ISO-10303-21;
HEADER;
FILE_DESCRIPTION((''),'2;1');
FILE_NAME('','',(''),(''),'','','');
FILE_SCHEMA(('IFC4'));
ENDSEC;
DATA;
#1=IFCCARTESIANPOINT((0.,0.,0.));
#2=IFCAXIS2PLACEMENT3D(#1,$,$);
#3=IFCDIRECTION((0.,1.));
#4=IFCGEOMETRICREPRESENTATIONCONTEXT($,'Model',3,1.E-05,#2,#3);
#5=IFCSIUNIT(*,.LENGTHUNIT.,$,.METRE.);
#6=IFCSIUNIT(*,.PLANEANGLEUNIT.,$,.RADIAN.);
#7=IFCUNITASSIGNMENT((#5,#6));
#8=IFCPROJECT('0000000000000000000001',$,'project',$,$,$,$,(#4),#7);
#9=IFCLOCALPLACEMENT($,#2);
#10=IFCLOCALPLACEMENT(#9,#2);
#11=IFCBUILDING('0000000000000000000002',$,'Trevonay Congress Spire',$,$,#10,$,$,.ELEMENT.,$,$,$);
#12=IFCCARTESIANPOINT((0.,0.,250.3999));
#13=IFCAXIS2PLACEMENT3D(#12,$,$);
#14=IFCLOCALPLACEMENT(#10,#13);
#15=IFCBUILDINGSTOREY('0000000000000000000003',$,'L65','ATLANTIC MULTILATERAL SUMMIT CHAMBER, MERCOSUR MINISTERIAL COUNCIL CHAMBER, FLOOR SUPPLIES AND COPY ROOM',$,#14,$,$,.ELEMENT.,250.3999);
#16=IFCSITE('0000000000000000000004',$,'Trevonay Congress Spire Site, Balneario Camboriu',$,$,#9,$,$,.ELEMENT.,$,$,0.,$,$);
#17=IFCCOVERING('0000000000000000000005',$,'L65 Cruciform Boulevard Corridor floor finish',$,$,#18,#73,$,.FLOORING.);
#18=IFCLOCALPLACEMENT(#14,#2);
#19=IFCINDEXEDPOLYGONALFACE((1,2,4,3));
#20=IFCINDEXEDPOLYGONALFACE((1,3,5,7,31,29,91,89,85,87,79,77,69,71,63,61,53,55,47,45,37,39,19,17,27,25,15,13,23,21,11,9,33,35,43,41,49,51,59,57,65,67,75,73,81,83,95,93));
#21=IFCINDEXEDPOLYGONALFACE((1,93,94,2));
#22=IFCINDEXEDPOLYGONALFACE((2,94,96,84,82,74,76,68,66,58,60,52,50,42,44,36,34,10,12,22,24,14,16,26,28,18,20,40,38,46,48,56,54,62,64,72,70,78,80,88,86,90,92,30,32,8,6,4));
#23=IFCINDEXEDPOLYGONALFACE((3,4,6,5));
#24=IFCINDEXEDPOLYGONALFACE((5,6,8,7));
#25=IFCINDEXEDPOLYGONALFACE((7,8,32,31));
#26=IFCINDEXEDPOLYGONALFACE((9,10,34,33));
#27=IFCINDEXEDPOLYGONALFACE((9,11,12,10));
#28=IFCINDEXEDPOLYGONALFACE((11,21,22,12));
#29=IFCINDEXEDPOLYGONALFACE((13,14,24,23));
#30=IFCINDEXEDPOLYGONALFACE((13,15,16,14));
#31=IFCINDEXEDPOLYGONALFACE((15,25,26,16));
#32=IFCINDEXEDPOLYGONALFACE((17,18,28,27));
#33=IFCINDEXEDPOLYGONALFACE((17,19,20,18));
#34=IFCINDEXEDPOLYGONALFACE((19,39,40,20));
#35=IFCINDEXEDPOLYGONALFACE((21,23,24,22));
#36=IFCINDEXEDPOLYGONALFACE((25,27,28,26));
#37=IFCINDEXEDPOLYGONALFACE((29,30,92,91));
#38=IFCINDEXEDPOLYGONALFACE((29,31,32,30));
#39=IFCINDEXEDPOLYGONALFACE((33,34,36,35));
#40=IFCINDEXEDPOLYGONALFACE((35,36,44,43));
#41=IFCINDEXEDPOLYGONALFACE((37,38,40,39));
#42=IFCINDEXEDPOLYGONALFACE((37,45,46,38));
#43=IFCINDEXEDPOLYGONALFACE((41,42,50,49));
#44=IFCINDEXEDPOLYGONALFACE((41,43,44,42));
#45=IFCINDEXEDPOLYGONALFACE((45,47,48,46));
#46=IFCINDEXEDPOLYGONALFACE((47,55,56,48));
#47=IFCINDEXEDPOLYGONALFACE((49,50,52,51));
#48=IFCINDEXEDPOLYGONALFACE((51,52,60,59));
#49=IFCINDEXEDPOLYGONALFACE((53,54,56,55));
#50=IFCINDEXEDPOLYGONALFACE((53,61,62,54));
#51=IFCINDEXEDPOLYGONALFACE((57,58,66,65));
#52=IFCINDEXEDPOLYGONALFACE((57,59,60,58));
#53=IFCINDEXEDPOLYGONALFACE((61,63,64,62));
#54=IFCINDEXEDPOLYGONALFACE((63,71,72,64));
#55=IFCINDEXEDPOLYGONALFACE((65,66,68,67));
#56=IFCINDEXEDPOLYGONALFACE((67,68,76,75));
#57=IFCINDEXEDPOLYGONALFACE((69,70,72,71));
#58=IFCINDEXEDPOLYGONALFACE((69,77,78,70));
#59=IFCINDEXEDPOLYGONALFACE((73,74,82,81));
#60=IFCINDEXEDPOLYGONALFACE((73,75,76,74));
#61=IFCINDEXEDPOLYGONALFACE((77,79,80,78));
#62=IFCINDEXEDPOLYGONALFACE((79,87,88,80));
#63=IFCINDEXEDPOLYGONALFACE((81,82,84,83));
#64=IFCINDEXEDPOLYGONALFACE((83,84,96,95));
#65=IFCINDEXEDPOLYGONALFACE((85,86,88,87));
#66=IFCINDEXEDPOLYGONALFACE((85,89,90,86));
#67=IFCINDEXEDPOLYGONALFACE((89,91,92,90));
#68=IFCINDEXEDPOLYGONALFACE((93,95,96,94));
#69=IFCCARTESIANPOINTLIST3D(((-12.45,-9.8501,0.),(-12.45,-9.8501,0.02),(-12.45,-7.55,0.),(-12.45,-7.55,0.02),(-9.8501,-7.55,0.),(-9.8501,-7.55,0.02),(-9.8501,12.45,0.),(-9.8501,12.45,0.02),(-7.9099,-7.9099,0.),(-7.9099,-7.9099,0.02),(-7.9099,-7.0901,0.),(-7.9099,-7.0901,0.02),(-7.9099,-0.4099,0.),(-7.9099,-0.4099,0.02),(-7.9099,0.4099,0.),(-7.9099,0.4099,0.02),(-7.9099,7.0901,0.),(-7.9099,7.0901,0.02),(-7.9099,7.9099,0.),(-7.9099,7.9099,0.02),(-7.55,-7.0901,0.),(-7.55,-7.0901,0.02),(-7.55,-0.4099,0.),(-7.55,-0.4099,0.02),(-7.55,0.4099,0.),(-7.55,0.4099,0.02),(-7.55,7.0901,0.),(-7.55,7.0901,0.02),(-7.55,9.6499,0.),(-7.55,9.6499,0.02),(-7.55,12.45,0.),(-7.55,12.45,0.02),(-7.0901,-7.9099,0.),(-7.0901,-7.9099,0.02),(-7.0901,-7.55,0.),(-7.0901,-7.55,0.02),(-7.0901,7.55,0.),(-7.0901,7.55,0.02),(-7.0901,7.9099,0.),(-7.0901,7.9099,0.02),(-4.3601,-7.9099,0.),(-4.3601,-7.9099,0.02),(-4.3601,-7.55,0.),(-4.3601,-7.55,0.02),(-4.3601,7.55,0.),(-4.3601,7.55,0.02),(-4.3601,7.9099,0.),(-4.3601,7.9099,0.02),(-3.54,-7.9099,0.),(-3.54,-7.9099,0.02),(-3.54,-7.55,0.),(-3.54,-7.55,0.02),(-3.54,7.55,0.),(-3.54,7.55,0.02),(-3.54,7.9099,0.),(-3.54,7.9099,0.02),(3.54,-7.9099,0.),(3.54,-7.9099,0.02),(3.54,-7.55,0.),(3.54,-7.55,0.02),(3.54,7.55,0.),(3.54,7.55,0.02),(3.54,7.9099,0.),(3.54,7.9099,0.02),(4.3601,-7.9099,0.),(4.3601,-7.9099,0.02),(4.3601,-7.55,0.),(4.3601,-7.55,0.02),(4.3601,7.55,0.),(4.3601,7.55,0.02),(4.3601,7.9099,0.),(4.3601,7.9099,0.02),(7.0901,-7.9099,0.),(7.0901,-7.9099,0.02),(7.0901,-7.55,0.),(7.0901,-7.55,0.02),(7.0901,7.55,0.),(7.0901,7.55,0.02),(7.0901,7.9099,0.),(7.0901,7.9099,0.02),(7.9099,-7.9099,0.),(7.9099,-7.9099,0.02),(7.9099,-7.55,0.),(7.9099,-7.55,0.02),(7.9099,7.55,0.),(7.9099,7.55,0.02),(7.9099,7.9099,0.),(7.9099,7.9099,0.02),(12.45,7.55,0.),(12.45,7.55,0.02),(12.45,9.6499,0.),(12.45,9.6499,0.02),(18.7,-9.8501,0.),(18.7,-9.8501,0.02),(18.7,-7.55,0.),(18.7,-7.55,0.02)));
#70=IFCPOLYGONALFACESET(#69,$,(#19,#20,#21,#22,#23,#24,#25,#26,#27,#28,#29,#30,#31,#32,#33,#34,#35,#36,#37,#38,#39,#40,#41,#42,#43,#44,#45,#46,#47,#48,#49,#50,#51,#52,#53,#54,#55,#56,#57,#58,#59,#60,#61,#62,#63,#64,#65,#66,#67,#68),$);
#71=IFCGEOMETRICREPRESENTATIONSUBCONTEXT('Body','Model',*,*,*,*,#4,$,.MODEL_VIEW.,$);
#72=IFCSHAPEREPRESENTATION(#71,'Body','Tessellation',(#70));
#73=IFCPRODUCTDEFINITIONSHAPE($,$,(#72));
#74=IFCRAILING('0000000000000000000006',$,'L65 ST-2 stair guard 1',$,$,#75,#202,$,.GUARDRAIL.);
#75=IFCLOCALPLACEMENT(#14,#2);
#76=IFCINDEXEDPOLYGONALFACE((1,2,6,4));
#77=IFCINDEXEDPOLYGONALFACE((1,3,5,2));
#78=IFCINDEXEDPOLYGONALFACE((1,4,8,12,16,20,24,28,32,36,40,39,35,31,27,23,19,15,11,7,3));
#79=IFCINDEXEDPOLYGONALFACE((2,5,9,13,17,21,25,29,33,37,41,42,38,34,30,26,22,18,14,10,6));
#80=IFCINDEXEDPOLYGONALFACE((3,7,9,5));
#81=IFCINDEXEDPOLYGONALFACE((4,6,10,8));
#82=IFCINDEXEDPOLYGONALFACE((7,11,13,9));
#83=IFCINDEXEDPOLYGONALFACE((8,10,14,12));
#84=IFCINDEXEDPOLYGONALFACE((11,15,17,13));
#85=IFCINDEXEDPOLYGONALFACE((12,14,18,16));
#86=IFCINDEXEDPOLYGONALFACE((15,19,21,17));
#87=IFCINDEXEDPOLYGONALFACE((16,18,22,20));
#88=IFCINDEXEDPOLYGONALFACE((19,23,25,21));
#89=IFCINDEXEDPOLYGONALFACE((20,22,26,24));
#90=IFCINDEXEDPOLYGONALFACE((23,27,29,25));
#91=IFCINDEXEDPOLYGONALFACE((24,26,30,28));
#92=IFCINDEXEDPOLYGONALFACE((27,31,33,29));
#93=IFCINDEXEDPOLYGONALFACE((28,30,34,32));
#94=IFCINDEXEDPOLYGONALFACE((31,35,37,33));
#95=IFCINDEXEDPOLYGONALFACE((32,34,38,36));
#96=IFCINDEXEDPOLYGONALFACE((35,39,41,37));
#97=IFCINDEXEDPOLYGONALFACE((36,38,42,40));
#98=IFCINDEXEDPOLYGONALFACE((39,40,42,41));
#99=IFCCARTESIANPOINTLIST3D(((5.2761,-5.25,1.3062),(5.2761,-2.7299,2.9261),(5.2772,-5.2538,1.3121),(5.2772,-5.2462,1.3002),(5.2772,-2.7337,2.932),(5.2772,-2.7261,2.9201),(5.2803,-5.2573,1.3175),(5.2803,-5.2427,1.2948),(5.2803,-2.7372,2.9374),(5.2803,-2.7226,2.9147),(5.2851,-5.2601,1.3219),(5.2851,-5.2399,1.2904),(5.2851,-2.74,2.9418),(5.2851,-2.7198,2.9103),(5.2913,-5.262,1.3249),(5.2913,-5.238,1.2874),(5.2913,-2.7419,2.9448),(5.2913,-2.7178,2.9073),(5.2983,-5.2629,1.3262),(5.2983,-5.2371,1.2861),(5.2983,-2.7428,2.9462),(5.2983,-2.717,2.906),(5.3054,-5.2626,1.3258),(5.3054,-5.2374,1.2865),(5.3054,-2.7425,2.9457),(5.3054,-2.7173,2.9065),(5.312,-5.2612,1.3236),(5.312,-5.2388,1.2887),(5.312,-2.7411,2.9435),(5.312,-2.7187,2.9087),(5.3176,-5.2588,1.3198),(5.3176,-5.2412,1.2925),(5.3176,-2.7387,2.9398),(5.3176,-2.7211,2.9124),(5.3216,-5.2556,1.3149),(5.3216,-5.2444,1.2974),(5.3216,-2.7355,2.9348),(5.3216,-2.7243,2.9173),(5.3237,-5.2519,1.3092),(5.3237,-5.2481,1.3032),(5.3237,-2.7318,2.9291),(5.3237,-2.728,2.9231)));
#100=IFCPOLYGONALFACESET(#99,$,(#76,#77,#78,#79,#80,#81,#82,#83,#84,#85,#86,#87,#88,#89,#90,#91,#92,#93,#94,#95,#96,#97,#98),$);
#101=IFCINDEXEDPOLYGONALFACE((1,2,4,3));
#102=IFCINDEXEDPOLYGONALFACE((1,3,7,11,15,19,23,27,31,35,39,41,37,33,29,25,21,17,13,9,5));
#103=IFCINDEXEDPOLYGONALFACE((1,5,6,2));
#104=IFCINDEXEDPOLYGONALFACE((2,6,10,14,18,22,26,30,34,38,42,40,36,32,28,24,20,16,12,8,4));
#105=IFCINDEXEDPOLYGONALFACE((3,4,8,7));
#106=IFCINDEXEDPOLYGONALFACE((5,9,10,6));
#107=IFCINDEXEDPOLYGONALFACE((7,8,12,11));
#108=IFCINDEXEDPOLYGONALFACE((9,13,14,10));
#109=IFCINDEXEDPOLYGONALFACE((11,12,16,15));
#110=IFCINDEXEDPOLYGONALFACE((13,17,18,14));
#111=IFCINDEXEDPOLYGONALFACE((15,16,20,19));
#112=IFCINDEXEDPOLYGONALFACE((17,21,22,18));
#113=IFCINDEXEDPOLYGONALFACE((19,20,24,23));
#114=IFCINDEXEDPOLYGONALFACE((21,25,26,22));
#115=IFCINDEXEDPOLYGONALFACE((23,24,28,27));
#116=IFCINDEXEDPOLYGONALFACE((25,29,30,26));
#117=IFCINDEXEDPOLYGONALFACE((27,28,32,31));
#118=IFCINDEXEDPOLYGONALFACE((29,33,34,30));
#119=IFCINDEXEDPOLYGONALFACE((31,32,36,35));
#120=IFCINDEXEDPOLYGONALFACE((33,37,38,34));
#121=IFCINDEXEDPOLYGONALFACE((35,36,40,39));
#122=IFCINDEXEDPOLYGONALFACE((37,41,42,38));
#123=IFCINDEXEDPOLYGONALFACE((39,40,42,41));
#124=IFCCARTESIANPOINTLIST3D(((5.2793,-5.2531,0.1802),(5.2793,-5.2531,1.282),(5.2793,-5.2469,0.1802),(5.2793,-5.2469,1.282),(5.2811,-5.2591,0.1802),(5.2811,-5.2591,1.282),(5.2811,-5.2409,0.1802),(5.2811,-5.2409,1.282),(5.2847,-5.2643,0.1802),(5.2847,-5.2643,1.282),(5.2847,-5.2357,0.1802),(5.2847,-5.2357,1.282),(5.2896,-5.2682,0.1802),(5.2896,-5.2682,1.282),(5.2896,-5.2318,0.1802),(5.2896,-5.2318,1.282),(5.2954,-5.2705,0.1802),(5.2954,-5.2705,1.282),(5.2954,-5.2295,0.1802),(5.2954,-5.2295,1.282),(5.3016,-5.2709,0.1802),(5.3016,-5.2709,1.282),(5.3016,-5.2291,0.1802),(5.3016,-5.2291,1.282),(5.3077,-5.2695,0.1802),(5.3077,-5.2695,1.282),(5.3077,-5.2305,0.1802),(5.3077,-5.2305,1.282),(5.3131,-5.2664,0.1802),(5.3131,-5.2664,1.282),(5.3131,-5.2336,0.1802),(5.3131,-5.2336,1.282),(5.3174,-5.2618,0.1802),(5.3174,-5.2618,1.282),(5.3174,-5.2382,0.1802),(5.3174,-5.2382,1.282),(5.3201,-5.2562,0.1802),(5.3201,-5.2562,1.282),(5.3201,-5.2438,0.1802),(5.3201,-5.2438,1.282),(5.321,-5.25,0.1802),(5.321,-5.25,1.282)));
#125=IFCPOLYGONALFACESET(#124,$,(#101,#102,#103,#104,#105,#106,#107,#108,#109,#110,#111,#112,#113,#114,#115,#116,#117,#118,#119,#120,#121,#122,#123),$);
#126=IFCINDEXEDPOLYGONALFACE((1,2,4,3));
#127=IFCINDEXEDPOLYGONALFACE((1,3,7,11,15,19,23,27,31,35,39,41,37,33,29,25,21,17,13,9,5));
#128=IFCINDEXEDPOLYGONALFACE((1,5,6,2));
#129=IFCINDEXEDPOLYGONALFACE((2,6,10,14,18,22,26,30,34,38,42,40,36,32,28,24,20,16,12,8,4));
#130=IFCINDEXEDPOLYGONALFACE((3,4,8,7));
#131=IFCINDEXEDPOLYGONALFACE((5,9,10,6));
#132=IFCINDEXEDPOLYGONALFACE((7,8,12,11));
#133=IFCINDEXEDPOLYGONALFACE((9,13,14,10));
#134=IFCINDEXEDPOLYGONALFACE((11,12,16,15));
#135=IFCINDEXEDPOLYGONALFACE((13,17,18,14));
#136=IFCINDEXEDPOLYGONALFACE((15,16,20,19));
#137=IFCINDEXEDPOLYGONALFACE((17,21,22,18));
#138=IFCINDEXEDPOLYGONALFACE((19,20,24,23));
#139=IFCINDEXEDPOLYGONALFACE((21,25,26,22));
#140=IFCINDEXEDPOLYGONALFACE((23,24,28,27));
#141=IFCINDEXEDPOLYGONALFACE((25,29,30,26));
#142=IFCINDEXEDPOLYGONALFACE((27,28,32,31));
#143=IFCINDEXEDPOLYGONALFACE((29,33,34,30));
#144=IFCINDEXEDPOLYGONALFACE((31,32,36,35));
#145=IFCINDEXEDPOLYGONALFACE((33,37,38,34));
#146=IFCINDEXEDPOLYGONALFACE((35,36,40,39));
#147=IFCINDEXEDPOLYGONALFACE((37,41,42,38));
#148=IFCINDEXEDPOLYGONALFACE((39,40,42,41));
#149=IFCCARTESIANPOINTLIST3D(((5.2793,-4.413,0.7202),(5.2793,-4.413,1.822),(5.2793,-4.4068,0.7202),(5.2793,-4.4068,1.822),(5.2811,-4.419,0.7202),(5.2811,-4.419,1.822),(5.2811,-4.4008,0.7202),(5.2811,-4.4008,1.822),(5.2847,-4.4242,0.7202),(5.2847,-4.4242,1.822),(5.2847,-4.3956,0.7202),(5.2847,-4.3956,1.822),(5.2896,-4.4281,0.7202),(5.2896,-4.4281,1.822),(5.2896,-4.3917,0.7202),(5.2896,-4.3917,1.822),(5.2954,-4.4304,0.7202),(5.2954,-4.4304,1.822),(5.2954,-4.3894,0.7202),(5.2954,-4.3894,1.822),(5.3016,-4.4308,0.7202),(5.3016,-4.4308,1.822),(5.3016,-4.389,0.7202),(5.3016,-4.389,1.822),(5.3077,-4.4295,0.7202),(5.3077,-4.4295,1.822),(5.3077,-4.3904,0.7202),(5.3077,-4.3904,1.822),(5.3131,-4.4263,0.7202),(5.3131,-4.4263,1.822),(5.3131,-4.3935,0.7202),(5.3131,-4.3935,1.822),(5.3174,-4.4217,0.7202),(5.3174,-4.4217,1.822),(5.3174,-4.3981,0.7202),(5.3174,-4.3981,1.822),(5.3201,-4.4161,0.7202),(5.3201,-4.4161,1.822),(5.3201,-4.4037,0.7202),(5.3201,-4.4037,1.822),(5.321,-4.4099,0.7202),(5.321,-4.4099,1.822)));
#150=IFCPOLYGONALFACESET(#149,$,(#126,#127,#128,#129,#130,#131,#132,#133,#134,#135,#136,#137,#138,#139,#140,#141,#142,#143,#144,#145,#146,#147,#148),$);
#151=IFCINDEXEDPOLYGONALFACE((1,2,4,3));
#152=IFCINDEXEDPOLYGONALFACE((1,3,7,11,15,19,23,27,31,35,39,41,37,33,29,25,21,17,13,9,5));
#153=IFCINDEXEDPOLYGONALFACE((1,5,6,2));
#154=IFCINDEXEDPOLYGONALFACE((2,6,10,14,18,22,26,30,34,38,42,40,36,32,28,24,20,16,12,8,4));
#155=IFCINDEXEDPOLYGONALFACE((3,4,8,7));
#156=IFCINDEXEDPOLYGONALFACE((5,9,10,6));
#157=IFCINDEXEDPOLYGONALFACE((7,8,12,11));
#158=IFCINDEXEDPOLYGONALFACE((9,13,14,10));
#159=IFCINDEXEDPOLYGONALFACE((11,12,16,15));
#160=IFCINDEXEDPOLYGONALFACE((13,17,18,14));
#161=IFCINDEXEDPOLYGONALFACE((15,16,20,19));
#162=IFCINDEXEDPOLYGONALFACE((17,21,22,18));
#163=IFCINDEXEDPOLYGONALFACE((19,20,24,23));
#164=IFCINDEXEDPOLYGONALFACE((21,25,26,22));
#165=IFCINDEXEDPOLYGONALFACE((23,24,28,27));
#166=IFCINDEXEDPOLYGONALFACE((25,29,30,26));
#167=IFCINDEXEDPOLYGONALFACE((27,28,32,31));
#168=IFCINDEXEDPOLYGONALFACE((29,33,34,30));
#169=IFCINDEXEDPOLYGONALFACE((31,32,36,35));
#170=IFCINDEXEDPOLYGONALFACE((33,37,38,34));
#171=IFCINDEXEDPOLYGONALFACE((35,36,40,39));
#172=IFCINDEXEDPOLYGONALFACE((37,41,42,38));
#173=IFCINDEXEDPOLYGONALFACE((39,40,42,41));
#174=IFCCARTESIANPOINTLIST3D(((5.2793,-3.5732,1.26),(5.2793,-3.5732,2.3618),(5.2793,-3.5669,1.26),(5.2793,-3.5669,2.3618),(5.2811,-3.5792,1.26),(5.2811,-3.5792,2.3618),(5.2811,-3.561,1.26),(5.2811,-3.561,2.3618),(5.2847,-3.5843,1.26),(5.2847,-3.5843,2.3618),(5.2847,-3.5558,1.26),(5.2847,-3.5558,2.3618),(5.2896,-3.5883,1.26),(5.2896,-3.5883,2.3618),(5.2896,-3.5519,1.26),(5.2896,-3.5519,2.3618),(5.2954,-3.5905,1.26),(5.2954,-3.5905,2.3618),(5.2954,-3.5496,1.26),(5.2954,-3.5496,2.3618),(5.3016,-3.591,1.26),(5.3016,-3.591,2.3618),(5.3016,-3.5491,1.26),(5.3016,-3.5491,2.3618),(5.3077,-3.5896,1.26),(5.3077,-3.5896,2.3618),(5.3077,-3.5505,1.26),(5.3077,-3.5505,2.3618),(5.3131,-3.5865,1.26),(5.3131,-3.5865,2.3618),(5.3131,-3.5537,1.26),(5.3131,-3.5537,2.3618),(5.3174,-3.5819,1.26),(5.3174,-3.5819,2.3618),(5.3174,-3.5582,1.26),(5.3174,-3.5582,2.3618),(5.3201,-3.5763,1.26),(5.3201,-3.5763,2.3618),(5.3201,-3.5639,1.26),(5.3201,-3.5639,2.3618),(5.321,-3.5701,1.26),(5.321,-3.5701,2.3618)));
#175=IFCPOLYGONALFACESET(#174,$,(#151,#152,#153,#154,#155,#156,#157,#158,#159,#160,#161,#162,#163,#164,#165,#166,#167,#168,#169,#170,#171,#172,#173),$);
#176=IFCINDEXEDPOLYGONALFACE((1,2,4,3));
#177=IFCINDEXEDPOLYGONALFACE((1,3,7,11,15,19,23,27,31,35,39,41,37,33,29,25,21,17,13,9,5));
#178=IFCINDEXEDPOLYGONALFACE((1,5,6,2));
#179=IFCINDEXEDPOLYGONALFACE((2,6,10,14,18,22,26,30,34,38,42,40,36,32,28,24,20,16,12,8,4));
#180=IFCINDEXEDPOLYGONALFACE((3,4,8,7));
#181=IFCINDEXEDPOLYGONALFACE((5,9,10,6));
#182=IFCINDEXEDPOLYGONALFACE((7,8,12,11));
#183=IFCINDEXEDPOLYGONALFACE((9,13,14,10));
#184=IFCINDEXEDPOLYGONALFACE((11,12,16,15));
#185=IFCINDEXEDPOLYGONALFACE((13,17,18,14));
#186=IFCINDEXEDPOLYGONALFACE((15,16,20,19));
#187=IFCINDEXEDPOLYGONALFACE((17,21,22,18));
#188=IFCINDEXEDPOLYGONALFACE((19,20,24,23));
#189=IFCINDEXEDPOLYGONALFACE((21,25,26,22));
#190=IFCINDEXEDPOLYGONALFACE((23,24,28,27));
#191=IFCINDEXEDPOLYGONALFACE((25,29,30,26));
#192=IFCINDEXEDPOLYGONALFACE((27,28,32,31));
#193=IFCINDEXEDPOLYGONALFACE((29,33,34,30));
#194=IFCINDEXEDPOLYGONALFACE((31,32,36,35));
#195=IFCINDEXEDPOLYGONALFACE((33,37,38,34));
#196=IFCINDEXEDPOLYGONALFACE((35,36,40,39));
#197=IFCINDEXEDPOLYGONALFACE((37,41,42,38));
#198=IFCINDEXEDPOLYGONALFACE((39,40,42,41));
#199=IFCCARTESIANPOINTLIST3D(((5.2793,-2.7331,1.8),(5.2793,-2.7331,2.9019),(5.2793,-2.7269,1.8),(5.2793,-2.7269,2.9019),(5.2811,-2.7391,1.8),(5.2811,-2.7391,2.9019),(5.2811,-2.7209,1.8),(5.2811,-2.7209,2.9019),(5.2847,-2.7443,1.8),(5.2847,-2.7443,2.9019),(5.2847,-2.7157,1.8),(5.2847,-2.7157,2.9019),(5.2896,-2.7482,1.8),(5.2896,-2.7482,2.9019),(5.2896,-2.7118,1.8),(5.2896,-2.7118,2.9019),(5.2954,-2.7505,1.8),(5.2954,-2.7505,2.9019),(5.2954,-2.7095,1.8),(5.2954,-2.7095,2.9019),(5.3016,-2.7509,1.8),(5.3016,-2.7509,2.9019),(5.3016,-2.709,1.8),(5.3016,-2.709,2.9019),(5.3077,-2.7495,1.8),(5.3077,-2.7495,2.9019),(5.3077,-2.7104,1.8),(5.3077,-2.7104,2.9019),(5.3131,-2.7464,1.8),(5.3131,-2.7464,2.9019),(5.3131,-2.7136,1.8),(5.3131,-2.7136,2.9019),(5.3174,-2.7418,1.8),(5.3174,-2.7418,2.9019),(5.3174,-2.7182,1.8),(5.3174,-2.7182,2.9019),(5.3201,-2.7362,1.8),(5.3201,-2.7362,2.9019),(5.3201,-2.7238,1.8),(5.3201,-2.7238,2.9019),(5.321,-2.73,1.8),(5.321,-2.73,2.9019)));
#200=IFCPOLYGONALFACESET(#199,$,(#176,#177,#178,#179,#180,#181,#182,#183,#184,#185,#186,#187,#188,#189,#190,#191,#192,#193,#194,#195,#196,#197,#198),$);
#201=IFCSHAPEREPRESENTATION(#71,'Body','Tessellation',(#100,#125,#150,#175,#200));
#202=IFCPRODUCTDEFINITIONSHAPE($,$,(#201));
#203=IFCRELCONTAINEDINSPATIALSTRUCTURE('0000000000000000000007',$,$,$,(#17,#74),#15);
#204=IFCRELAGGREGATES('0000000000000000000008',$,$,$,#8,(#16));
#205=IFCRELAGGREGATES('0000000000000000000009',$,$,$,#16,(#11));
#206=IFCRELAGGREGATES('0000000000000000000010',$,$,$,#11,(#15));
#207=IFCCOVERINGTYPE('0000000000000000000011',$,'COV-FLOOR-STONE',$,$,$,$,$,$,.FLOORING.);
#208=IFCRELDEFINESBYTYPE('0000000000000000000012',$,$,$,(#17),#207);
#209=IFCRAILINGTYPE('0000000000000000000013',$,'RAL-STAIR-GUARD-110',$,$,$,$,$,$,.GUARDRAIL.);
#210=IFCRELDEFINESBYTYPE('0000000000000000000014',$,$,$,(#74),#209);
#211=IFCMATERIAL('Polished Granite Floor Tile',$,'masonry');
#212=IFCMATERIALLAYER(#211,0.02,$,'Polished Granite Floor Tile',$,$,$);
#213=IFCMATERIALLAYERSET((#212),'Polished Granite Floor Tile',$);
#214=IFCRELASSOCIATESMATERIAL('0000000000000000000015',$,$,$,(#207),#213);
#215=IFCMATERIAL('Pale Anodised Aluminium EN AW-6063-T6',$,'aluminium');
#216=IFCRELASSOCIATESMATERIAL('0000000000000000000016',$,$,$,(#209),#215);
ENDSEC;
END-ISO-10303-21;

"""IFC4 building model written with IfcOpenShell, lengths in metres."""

from ifc_helpers import new_model, si_unit, direction, frame, origin, origin_2d, place, context, subcontext, project, spatial, polyline, circle, outline, extrude, material, layer, layer_set, type_object, element, save


model = new_model("IFC4")

# Units and contexts
model_context = context("Model", 3, precision=1e-05, world=origin(), true_north=direction((0.0, 1.0)))
body_context = subcontext(model_context, "Body", "Model", "MODEL_VIEW")
ifc_project = project(units=[si_unit("LENGTHUNIT", "METRE"), si_unit("PLANEANGLEUNIT", "RADIAN")], contexts=[model_context])

# Site, building, storey
site_placement = place(None, origin())
site = spatial("IfcSite", under=ifc_project, at=site_placement, Name="Trevonay Congress Spire Site, Balneario Camboriu", CompositionType="ELEMENT", RefElevation=0.0)
building_placement = place(site_placement, origin())
building = spatial("IfcBuilding", under=site, at=building_placement, Name="Trevonay Congress Spire", CompositionType="ELEMENT")
storey_placement = place(building_placement, frame((0.0, 0.0, 250.3999)))
storey = spatial("IfcBuildingStorey", under=building, at=storey_placement, Name="L65", Description="ATLANTIC MULTILATERAL SUMMIT CHAMBER, MERCOSUR MINISTERIAL COUNCIL CHAMBER, FLOOR SUPPLIES AND COPY ROOM", CompositionType="ELEMENT", Elevation=250.3999)

# Shared definitions
ifc_material_1 = material(Name="Pale Anodised Aluminium EN AW-6063-T6", Category="aluminium")

# Covering
ifc_material_2 = material(Name="Polished Granite Floor Tile", Category="masonry")
ifc_layer_1 = layer(ifc_material_2, 0.02, Name="Polished Granite Floor Tile")
ifc_layer_set_1 = layer_set([ifc_layer_1], Name="Polished Granite Floor Tile")
covering_type_1 = type_object("IfcCoveringType", Name="COV-FLOOR-STONE", PredefinedType="FLOORING", material=ifc_layer_set_1)
covering_1_placement = place(storey_placement, origin())
element("IfcCovering", 1, at=covering_1_placement, inside=storey, type_object=covering_type_1, Name="L65 Cruciform Boulevard Corridor floor finish", PredefinedType="FLOORING", context=body_context, shape_type="SweptSolid", body=[
    extrude(outline(polyline([(18.7, -7.55), (18.7, -9.8501), (-12.45, -9.8501), (-12.45, -7.55), (-9.8501, -7.55), (-9.8501, 12.45), (-7.55, 12.45), (-7.55, 9.6499), (12.45, 9.6499), (12.45, 7.55), (7.9099, 7.55), (7.9099, 7.9099), (7.0901, 7.9099), (7.0901, 7.55), (4.3601, 7.55), (4.3601, 7.9099), (3.54, 7.9099), (3.54, 7.55), (-3.54, 7.55), (-3.54, 7.9099), (-4.3601, 7.9099), (-4.3601, 7.55), (-7.0901, 7.55), (-7.0901, 7.9099), (-7.9099, 7.9099), (-7.9099, 7.0901), (-7.55, 7.0901), (-7.55, 0.4099), (-7.9099, 0.4099), (-7.9099, -0.4099), (-7.55, -0.4099), (-7.55, -7.0901), (-7.9099, -7.0901), (-7.9099, -7.9099), (-7.0901, -7.9099), (-7.0901, -7.55), (-4.3601, -7.55), (-4.3601, -7.9099), (-3.54, -7.9099), (-3.54, -7.55), (3.54, -7.55), (3.54, -7.9099), (4.3601, -7.9099), (4.3601, -7.55), (7.0901, -7.55), (7.0901, -7.9099), (7.9099, -7.9099), (7.9099, -7.55), (18.7, -7.55)])), origin(), (0.0, 0.0, 1.0), 0.02),
])

# Railing
railing_type_1 = type_object("IfcRailingType", Name="RAL-STAIR-GUARD-110", PredefinedType="GUARDRAIL", material=ifc_material_1)
railing_1_placement = place(storey_placement, frame((5.3, -5.25, 0.1802)))
element("IfcRailing", 2, at=railing_1_placement, inside=storey, type_object=railing_type_1, Name="L65 ST-2 stair guard 1", PredefinedType="GUARDRAIL", context=body_context, shape_type="SweptSolid", body=[
    extrude(circle(Radius=0.0239, at=origin_2d()), frame((0.0, 0.0, 1.126), z_axis=(0.0, 0.8412, 0.540725), x_axis=(-1.0, 0.0, 0.0)), (0.0, 0.0, 1.0), 2.9958),
    extrude(circle(Radius=0.021, at=origin_2d()), origin(), (0.0, 0.0, 1.0), 1.1018),
    extrude(circle(Radius=0.021, at=origin_2d()), frame((0.0, 0.8401, 0.54)), (0.0, 0.0, 1.0), 1.1018),
    extrude(circle(Radius=0.021, at=origin_2d()), frame((0.0, 1.6799, 1.0798)), (0.0, 0.0, 1.0), 1.1018),
    extrude(circle(Radius=0.021, at=origin_2d()), frame((0.0, 2.52, 1.6199)), (0.0, 0.0, 1.0), 1.1018),
])

save(model, "model.ifc")
